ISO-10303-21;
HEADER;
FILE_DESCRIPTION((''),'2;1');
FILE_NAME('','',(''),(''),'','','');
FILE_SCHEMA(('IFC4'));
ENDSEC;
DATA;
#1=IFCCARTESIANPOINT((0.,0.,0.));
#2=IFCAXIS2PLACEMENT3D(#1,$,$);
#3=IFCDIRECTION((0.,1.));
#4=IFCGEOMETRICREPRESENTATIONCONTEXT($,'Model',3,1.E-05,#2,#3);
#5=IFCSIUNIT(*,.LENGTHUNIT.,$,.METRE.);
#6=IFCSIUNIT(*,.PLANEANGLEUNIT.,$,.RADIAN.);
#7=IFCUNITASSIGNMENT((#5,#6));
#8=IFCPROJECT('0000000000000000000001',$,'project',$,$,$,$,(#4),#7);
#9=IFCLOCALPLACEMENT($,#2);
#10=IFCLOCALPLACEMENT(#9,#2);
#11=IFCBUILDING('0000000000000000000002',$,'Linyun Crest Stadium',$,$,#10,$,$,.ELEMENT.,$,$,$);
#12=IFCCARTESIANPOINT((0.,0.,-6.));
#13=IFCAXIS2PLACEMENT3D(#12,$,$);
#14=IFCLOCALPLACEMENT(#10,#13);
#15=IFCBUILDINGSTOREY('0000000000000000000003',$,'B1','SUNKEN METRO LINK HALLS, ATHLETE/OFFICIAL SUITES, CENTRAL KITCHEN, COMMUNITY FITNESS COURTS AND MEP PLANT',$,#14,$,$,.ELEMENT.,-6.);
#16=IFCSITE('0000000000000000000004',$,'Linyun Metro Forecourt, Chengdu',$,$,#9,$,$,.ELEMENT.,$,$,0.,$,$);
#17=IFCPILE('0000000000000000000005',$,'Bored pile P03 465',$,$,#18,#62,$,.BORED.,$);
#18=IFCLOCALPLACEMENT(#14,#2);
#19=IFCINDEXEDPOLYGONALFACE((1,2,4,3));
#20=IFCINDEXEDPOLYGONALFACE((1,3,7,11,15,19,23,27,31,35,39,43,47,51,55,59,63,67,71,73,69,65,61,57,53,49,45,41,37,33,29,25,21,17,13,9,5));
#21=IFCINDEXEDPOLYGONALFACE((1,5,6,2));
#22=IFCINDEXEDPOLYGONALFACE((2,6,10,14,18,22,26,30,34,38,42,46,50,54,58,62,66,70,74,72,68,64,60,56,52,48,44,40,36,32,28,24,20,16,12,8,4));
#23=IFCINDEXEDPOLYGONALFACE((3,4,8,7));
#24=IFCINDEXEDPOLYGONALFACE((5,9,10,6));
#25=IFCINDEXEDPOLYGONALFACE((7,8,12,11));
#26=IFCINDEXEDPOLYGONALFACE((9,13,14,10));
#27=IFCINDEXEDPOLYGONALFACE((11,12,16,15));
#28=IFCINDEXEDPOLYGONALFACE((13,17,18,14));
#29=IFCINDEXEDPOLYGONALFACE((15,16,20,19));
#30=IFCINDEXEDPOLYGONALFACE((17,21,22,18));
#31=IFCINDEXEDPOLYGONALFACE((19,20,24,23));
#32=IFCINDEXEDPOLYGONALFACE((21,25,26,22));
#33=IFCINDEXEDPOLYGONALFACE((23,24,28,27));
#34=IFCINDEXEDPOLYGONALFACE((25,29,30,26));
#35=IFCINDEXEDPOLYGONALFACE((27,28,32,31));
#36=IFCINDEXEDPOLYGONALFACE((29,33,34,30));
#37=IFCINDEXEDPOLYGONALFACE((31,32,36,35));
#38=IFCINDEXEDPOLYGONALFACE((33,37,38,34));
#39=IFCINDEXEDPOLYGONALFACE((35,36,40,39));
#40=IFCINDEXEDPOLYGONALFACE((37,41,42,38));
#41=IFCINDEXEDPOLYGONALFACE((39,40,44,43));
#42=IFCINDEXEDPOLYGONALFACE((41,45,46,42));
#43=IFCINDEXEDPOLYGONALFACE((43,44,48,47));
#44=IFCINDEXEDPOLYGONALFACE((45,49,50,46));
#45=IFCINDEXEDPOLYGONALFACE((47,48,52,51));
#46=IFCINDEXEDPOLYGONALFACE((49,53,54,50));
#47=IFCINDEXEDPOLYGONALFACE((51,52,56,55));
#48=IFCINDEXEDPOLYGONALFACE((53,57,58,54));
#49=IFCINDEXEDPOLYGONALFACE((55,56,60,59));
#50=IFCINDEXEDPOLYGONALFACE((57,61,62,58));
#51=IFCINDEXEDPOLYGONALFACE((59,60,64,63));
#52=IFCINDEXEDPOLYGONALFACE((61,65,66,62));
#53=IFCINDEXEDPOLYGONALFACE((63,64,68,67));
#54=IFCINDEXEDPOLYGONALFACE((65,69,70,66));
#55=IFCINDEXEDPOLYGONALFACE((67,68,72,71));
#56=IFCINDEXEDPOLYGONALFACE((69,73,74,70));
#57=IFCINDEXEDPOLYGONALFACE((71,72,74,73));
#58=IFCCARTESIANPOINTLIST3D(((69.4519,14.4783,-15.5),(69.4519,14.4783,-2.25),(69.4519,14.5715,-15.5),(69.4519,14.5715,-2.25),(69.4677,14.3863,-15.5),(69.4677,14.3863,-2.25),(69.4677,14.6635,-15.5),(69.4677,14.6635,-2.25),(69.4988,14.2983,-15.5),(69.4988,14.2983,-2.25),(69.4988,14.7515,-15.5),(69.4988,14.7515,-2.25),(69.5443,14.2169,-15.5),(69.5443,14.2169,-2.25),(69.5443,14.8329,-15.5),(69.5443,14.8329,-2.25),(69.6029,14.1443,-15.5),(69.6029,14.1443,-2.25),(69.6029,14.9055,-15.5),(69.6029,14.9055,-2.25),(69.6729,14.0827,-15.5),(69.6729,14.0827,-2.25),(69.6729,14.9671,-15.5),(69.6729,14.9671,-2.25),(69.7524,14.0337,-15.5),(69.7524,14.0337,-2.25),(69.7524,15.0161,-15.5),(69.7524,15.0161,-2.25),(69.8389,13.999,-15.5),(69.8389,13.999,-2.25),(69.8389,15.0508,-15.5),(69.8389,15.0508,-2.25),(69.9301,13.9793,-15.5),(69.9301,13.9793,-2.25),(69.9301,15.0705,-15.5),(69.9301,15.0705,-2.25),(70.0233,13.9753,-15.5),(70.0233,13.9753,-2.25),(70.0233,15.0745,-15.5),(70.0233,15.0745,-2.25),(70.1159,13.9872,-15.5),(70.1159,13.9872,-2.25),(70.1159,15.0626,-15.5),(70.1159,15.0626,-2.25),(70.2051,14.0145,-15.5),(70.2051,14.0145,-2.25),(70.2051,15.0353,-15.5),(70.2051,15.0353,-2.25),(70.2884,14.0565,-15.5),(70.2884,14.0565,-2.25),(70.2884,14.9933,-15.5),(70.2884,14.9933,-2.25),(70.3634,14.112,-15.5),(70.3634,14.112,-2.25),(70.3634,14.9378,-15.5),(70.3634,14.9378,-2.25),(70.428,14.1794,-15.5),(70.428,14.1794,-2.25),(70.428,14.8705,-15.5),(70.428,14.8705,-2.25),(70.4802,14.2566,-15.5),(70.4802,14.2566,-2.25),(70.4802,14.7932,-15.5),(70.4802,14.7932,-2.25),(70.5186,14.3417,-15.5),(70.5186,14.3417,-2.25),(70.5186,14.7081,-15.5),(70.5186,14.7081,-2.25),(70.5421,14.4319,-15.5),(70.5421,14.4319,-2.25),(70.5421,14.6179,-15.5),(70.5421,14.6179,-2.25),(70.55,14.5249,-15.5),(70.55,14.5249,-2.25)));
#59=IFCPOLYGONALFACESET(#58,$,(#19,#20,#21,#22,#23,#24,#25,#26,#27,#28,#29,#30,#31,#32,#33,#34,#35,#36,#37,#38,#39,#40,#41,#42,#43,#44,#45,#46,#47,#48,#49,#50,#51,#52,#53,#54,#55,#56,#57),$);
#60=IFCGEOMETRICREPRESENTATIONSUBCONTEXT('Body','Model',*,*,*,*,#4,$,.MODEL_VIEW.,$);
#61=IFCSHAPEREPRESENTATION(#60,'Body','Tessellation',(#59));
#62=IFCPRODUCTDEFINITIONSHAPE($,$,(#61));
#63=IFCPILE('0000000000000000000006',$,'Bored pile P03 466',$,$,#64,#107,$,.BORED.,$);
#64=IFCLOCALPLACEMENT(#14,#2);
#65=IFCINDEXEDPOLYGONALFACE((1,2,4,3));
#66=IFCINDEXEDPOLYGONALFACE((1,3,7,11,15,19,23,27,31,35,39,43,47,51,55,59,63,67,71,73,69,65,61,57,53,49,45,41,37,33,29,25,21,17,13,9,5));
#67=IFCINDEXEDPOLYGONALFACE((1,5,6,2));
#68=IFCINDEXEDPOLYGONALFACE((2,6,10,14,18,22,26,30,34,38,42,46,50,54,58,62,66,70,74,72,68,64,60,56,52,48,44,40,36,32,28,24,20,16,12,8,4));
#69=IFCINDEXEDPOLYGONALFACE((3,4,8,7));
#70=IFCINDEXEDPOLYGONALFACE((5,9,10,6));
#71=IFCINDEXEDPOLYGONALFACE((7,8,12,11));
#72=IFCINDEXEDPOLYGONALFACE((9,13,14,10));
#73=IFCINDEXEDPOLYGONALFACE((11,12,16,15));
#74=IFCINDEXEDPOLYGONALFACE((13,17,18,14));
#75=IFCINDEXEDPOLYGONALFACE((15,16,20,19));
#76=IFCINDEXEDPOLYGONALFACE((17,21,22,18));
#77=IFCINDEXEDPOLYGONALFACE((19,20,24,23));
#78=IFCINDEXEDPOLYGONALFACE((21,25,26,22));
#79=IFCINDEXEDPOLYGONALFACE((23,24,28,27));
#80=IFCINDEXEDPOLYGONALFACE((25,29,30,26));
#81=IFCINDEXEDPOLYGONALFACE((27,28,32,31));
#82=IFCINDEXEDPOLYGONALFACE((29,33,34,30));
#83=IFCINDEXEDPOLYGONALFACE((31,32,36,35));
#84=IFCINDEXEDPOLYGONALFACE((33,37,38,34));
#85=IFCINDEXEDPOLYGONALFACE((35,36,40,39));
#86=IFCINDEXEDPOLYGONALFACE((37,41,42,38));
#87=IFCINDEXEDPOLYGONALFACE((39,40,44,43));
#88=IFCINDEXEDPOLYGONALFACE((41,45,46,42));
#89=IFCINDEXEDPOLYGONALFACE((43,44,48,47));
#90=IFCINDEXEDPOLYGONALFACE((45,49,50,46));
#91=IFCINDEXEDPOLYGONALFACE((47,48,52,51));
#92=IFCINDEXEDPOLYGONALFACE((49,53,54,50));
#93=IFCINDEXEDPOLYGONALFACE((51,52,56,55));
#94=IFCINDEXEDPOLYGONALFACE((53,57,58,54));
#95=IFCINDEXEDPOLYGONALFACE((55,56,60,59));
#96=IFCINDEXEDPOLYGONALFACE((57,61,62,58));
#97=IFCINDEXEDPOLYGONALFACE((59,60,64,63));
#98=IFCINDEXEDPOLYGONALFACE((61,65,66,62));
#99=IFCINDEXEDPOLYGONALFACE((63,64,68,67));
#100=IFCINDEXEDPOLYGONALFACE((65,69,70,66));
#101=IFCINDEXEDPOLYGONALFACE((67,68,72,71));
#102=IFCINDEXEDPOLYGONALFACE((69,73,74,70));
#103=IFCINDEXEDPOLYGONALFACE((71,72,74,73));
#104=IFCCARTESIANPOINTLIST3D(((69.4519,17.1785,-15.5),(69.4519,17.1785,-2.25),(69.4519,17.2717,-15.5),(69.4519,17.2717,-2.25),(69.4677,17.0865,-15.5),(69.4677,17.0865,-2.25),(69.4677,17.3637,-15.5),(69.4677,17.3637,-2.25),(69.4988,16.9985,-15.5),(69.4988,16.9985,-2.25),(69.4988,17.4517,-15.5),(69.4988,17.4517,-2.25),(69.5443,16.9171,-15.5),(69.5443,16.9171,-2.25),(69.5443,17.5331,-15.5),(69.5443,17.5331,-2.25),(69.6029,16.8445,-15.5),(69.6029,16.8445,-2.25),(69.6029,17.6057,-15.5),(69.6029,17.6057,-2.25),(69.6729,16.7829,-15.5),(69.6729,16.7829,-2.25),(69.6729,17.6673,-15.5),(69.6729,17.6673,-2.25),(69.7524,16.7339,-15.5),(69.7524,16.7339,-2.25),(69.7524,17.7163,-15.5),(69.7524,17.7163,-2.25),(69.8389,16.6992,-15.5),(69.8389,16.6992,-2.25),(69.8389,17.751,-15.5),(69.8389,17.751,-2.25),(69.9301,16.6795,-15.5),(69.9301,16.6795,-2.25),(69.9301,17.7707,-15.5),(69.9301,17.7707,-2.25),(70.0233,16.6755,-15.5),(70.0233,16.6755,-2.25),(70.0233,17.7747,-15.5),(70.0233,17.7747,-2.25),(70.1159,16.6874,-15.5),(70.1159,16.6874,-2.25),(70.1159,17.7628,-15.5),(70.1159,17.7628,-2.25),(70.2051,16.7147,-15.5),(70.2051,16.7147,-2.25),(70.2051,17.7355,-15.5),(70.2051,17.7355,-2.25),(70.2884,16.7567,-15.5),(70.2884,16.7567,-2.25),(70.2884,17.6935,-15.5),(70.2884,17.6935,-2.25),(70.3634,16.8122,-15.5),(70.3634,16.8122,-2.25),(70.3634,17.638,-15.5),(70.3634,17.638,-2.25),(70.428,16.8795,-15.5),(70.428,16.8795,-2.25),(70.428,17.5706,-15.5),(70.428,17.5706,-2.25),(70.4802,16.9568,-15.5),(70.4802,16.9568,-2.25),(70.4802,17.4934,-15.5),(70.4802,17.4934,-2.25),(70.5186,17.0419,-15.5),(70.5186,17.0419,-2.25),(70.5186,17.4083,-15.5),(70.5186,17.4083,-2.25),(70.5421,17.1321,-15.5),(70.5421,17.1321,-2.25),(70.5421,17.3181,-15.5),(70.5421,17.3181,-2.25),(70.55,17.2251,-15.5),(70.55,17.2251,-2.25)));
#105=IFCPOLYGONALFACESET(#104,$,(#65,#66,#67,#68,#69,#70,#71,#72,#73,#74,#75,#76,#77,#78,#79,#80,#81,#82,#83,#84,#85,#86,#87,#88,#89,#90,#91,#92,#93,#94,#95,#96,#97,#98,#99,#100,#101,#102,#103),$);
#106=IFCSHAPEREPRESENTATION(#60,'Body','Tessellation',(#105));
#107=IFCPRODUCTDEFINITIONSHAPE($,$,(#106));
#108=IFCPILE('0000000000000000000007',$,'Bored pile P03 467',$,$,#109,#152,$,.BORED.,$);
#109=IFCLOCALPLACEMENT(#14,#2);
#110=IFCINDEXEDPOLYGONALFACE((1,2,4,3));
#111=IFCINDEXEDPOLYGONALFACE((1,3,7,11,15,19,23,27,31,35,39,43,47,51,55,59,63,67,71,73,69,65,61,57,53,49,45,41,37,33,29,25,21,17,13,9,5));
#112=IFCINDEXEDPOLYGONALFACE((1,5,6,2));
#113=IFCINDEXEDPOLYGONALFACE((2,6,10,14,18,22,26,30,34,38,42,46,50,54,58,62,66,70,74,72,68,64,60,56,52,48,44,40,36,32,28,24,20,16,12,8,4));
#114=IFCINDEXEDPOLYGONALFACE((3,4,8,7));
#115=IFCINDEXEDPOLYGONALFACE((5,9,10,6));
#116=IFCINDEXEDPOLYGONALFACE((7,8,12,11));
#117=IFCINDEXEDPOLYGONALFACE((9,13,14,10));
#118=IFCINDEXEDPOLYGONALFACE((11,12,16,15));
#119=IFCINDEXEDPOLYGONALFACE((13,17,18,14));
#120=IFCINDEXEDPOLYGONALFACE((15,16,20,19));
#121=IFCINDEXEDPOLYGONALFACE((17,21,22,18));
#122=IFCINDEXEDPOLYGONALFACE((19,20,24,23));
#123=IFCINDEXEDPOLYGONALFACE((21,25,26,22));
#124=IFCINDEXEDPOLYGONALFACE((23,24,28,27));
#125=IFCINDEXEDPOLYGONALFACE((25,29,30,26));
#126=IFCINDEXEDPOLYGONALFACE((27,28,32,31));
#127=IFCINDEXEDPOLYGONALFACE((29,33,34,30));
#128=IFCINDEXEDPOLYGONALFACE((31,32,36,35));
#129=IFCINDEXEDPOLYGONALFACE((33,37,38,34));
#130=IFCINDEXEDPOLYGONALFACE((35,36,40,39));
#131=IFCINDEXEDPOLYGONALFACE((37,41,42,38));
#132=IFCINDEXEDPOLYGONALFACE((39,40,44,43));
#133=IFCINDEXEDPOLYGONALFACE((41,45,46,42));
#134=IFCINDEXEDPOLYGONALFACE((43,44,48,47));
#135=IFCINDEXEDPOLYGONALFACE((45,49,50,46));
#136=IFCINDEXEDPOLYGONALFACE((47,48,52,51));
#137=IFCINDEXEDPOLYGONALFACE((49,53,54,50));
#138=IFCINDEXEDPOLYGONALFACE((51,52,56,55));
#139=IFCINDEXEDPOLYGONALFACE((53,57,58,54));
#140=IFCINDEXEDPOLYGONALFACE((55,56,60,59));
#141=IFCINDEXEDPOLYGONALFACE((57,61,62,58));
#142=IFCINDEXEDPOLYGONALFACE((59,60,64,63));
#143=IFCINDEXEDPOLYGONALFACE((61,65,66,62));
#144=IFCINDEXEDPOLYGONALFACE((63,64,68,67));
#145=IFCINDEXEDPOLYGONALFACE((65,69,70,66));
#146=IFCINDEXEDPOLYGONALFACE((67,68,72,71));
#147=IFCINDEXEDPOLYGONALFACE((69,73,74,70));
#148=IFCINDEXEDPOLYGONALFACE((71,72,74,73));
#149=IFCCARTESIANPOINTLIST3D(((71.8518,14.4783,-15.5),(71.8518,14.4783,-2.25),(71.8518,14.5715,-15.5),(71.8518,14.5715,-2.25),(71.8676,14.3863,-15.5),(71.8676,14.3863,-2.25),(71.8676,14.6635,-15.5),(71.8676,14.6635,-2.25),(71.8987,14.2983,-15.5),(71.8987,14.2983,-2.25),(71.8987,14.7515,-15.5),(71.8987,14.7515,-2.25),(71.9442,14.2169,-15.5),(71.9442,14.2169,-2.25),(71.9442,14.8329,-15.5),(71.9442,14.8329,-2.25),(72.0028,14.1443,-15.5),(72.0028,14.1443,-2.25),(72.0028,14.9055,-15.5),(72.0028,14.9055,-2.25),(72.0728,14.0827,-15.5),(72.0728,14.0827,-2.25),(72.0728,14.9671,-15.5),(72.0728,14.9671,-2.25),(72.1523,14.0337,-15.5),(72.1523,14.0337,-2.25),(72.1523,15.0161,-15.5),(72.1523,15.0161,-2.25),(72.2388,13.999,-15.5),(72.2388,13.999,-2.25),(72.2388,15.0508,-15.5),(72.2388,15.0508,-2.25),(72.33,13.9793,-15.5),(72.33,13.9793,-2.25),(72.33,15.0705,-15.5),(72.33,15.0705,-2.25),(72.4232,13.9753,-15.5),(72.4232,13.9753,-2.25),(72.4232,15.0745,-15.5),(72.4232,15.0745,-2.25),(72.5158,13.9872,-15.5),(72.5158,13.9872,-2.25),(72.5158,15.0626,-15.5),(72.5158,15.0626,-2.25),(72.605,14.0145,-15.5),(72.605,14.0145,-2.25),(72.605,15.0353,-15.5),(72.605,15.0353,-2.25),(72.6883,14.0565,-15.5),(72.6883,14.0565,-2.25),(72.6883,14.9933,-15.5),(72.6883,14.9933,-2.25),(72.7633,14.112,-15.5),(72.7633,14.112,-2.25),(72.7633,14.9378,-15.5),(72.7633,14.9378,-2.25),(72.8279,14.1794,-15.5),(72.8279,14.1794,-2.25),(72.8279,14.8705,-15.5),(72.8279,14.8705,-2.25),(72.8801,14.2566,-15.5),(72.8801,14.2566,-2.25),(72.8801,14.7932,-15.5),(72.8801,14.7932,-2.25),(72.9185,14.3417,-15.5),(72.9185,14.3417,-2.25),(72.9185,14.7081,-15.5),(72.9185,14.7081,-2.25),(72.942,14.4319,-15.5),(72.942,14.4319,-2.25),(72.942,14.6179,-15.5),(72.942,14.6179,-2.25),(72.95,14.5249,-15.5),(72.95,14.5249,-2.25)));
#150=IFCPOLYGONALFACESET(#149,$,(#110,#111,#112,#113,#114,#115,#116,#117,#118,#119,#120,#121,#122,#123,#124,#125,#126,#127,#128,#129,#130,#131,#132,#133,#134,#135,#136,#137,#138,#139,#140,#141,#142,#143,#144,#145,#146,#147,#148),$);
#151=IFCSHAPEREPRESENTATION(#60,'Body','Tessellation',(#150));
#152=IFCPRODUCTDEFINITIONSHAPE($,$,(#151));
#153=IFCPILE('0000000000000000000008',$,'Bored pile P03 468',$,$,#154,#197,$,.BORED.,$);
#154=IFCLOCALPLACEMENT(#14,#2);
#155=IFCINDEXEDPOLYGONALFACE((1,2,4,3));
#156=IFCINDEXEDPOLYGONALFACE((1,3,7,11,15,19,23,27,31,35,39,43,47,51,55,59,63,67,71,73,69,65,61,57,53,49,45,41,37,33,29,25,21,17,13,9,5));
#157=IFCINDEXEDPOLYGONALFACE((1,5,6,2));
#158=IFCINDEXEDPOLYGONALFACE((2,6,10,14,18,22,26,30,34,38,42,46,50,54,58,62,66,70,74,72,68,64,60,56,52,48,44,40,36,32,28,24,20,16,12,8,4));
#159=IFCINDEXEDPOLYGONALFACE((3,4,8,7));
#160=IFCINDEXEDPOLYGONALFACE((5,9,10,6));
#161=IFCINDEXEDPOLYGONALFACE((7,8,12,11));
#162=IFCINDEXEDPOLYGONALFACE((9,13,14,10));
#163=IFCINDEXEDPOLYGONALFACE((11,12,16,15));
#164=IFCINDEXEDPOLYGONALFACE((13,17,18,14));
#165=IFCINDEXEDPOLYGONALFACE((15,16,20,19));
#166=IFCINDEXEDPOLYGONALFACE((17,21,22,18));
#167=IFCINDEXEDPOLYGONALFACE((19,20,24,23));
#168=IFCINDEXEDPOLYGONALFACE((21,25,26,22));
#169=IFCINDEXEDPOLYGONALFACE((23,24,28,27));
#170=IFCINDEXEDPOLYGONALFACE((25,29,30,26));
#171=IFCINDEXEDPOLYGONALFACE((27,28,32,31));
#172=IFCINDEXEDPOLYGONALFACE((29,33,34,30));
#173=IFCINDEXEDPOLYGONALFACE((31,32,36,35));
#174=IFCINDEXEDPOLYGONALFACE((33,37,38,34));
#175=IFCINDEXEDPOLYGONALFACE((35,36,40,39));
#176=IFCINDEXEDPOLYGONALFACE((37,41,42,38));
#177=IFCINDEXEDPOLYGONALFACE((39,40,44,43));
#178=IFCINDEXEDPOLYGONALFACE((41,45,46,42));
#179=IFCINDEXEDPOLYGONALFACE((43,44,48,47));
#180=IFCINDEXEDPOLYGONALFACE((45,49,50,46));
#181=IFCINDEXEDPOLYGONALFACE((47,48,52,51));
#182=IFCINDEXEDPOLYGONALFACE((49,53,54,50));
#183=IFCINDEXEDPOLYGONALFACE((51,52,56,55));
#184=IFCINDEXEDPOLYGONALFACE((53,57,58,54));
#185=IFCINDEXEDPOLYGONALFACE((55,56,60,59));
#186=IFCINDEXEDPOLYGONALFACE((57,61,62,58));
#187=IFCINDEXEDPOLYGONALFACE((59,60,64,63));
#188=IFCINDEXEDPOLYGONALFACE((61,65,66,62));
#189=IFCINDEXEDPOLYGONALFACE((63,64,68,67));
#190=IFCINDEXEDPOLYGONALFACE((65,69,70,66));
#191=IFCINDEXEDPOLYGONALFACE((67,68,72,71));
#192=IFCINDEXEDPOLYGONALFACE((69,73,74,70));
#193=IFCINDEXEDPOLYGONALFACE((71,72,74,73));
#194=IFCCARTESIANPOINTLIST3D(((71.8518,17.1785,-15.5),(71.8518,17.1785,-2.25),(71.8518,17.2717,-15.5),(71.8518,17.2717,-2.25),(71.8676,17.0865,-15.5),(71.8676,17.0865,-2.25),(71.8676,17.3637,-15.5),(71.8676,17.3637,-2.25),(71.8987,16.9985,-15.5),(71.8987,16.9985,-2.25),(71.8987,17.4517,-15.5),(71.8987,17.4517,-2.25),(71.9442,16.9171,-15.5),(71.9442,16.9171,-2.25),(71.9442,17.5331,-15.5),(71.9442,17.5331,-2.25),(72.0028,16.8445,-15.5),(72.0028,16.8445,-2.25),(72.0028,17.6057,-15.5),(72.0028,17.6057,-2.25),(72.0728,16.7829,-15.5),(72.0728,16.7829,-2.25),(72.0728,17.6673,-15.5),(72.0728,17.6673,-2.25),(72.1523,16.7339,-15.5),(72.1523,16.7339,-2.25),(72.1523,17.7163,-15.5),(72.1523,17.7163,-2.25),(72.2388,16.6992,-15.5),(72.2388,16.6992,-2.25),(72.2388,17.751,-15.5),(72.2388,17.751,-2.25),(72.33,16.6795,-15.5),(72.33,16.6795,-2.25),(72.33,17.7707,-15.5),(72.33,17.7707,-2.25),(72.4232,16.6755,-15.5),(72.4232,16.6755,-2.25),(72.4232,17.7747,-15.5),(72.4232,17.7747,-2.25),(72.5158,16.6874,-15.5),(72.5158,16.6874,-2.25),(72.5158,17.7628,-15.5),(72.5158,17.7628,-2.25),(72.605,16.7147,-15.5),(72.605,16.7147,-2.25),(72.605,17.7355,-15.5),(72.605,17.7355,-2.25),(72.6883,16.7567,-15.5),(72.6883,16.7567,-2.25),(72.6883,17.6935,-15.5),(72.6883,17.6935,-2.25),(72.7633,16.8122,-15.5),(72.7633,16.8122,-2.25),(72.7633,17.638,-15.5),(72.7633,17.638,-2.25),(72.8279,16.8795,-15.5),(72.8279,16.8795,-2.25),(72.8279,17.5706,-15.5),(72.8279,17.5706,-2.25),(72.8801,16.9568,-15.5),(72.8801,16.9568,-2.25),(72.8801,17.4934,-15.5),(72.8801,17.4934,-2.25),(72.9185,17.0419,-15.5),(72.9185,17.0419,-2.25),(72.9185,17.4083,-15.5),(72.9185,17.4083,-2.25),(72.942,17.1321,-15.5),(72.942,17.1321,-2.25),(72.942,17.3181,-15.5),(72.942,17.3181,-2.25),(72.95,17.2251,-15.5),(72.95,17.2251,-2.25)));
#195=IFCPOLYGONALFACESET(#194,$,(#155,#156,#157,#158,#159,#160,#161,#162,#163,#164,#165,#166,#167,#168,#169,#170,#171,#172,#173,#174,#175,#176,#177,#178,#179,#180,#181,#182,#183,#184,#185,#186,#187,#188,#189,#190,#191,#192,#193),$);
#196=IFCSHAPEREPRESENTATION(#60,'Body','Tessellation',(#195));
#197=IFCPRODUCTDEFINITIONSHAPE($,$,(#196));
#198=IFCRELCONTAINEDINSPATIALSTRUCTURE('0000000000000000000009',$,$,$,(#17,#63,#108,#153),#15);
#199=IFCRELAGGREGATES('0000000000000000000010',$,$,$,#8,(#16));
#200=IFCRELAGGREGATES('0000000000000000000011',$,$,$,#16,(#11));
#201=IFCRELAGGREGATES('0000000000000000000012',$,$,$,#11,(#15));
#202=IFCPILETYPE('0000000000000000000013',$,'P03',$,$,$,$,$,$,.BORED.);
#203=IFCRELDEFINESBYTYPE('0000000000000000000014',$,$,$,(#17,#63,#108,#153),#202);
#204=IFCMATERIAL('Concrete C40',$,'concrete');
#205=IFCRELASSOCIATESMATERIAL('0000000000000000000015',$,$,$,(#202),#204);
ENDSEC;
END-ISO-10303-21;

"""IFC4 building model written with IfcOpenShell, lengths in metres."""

from ifc_helpers import new_model, si_unit, direction, frame, origin, origin_2d, place, context, subcontext, project, spatial, circle, extrude, material, material_profile, profile_set, type_object, element, save


model = new_model("IFC4")

# Units and contexts
model_context = context("Model", 3, precision=1e-05, world=origin(), true_north=direction((0.0, 1.0)))
body_context = subcontext(model_context, "Body", "Model", "MODEL_VIEW")
ifc_project = project(units=[si_unit("LENGTHUNIT", "METRE"), si_unit("PLANEANGLEUNIT", "RADIAN")], contexts=[model_context])

# Site, building, storey
site_placement = place(None, origin())
site = spatial("IfcSite", under=ifc_project, at=site_placement, Name="Linyun Metro Forecourt, Chengdu", CompositionType="ELEMENT", RefElevation=0.0)
building_placement = place(site_placement, origin())
building = spatial("IfcBuilding", under=site, at=building_placement, Name="Linyun Crest Stadium", CompositionType="ELEMENT")
storey_placement = place(building_placement, frame((0.0, 0.0, -6.0)))
storey = spatial("IfcBuildingStorey", under=building, at=storey_placement, Name="B1", Description="SUNKEN METRO LINK HALLS, ATHLETE/OFFICIAL SUITES, CENTRAL KITCHEN, COMMUNITY FITNESS COURTS AND MEP PLANT", CompositionType="ELEMENT", Elevation=-6.0)

# Piles
ifc_material_1 = material(Name="Concrete C40", Category="concrete")
ifc_material_profile_1 = material_profile(ifc_material_1, circle(Radius=0.55, at=origin_2d()), Name="BORED PILE 1100")
ifc_profile_set_1 = profile_set([ifc_material_profile_1], Name="Concrete C40")
pile_type = type_object("IfcPileType", Name="P03", PredefinedType="BORED", material=ifc_profile_set_1)
for number, where, z_axis, x_axis, name in (
    (1, (70.0, 14.5249, -2.25), (0.0, 0.0, -1.0), (1.0, 0.0, 0.0), "Bored pile P03 465"),
    (2, (70.0, 17.2251, -2.25), (0.0, 0.0, -1.0), (1.0, 0.0, 0.0), "Bored pile P03 466"),
    (3, (72.3999, 14.5249, -2.25), (0.0, 0.0, -1.0), (1.0, 0.0, 0.0), "Bored pile P03 467"),
    (4, (72.3999, 17.2251, -2.25), (0.0, 0.0, -1.0), (1.0, 0.0, 0.0), "Bored pile P03 468"),
):
    element("IfcPile", number, at=place(storey_placement, frame(where, z_axis=z_axis, x_axis=x_axis)), inside=storey, type_object=pile_type, Name=name, PredefinedType="BORED", context=body_context, shape_type="SweptSolid", body=[
        extrude(circle(Radius=0.55, at=origin_2d()), origin(), (0.0, 0.0, 1.0), 13.25),
    ])

save(model, "model.ifc")
